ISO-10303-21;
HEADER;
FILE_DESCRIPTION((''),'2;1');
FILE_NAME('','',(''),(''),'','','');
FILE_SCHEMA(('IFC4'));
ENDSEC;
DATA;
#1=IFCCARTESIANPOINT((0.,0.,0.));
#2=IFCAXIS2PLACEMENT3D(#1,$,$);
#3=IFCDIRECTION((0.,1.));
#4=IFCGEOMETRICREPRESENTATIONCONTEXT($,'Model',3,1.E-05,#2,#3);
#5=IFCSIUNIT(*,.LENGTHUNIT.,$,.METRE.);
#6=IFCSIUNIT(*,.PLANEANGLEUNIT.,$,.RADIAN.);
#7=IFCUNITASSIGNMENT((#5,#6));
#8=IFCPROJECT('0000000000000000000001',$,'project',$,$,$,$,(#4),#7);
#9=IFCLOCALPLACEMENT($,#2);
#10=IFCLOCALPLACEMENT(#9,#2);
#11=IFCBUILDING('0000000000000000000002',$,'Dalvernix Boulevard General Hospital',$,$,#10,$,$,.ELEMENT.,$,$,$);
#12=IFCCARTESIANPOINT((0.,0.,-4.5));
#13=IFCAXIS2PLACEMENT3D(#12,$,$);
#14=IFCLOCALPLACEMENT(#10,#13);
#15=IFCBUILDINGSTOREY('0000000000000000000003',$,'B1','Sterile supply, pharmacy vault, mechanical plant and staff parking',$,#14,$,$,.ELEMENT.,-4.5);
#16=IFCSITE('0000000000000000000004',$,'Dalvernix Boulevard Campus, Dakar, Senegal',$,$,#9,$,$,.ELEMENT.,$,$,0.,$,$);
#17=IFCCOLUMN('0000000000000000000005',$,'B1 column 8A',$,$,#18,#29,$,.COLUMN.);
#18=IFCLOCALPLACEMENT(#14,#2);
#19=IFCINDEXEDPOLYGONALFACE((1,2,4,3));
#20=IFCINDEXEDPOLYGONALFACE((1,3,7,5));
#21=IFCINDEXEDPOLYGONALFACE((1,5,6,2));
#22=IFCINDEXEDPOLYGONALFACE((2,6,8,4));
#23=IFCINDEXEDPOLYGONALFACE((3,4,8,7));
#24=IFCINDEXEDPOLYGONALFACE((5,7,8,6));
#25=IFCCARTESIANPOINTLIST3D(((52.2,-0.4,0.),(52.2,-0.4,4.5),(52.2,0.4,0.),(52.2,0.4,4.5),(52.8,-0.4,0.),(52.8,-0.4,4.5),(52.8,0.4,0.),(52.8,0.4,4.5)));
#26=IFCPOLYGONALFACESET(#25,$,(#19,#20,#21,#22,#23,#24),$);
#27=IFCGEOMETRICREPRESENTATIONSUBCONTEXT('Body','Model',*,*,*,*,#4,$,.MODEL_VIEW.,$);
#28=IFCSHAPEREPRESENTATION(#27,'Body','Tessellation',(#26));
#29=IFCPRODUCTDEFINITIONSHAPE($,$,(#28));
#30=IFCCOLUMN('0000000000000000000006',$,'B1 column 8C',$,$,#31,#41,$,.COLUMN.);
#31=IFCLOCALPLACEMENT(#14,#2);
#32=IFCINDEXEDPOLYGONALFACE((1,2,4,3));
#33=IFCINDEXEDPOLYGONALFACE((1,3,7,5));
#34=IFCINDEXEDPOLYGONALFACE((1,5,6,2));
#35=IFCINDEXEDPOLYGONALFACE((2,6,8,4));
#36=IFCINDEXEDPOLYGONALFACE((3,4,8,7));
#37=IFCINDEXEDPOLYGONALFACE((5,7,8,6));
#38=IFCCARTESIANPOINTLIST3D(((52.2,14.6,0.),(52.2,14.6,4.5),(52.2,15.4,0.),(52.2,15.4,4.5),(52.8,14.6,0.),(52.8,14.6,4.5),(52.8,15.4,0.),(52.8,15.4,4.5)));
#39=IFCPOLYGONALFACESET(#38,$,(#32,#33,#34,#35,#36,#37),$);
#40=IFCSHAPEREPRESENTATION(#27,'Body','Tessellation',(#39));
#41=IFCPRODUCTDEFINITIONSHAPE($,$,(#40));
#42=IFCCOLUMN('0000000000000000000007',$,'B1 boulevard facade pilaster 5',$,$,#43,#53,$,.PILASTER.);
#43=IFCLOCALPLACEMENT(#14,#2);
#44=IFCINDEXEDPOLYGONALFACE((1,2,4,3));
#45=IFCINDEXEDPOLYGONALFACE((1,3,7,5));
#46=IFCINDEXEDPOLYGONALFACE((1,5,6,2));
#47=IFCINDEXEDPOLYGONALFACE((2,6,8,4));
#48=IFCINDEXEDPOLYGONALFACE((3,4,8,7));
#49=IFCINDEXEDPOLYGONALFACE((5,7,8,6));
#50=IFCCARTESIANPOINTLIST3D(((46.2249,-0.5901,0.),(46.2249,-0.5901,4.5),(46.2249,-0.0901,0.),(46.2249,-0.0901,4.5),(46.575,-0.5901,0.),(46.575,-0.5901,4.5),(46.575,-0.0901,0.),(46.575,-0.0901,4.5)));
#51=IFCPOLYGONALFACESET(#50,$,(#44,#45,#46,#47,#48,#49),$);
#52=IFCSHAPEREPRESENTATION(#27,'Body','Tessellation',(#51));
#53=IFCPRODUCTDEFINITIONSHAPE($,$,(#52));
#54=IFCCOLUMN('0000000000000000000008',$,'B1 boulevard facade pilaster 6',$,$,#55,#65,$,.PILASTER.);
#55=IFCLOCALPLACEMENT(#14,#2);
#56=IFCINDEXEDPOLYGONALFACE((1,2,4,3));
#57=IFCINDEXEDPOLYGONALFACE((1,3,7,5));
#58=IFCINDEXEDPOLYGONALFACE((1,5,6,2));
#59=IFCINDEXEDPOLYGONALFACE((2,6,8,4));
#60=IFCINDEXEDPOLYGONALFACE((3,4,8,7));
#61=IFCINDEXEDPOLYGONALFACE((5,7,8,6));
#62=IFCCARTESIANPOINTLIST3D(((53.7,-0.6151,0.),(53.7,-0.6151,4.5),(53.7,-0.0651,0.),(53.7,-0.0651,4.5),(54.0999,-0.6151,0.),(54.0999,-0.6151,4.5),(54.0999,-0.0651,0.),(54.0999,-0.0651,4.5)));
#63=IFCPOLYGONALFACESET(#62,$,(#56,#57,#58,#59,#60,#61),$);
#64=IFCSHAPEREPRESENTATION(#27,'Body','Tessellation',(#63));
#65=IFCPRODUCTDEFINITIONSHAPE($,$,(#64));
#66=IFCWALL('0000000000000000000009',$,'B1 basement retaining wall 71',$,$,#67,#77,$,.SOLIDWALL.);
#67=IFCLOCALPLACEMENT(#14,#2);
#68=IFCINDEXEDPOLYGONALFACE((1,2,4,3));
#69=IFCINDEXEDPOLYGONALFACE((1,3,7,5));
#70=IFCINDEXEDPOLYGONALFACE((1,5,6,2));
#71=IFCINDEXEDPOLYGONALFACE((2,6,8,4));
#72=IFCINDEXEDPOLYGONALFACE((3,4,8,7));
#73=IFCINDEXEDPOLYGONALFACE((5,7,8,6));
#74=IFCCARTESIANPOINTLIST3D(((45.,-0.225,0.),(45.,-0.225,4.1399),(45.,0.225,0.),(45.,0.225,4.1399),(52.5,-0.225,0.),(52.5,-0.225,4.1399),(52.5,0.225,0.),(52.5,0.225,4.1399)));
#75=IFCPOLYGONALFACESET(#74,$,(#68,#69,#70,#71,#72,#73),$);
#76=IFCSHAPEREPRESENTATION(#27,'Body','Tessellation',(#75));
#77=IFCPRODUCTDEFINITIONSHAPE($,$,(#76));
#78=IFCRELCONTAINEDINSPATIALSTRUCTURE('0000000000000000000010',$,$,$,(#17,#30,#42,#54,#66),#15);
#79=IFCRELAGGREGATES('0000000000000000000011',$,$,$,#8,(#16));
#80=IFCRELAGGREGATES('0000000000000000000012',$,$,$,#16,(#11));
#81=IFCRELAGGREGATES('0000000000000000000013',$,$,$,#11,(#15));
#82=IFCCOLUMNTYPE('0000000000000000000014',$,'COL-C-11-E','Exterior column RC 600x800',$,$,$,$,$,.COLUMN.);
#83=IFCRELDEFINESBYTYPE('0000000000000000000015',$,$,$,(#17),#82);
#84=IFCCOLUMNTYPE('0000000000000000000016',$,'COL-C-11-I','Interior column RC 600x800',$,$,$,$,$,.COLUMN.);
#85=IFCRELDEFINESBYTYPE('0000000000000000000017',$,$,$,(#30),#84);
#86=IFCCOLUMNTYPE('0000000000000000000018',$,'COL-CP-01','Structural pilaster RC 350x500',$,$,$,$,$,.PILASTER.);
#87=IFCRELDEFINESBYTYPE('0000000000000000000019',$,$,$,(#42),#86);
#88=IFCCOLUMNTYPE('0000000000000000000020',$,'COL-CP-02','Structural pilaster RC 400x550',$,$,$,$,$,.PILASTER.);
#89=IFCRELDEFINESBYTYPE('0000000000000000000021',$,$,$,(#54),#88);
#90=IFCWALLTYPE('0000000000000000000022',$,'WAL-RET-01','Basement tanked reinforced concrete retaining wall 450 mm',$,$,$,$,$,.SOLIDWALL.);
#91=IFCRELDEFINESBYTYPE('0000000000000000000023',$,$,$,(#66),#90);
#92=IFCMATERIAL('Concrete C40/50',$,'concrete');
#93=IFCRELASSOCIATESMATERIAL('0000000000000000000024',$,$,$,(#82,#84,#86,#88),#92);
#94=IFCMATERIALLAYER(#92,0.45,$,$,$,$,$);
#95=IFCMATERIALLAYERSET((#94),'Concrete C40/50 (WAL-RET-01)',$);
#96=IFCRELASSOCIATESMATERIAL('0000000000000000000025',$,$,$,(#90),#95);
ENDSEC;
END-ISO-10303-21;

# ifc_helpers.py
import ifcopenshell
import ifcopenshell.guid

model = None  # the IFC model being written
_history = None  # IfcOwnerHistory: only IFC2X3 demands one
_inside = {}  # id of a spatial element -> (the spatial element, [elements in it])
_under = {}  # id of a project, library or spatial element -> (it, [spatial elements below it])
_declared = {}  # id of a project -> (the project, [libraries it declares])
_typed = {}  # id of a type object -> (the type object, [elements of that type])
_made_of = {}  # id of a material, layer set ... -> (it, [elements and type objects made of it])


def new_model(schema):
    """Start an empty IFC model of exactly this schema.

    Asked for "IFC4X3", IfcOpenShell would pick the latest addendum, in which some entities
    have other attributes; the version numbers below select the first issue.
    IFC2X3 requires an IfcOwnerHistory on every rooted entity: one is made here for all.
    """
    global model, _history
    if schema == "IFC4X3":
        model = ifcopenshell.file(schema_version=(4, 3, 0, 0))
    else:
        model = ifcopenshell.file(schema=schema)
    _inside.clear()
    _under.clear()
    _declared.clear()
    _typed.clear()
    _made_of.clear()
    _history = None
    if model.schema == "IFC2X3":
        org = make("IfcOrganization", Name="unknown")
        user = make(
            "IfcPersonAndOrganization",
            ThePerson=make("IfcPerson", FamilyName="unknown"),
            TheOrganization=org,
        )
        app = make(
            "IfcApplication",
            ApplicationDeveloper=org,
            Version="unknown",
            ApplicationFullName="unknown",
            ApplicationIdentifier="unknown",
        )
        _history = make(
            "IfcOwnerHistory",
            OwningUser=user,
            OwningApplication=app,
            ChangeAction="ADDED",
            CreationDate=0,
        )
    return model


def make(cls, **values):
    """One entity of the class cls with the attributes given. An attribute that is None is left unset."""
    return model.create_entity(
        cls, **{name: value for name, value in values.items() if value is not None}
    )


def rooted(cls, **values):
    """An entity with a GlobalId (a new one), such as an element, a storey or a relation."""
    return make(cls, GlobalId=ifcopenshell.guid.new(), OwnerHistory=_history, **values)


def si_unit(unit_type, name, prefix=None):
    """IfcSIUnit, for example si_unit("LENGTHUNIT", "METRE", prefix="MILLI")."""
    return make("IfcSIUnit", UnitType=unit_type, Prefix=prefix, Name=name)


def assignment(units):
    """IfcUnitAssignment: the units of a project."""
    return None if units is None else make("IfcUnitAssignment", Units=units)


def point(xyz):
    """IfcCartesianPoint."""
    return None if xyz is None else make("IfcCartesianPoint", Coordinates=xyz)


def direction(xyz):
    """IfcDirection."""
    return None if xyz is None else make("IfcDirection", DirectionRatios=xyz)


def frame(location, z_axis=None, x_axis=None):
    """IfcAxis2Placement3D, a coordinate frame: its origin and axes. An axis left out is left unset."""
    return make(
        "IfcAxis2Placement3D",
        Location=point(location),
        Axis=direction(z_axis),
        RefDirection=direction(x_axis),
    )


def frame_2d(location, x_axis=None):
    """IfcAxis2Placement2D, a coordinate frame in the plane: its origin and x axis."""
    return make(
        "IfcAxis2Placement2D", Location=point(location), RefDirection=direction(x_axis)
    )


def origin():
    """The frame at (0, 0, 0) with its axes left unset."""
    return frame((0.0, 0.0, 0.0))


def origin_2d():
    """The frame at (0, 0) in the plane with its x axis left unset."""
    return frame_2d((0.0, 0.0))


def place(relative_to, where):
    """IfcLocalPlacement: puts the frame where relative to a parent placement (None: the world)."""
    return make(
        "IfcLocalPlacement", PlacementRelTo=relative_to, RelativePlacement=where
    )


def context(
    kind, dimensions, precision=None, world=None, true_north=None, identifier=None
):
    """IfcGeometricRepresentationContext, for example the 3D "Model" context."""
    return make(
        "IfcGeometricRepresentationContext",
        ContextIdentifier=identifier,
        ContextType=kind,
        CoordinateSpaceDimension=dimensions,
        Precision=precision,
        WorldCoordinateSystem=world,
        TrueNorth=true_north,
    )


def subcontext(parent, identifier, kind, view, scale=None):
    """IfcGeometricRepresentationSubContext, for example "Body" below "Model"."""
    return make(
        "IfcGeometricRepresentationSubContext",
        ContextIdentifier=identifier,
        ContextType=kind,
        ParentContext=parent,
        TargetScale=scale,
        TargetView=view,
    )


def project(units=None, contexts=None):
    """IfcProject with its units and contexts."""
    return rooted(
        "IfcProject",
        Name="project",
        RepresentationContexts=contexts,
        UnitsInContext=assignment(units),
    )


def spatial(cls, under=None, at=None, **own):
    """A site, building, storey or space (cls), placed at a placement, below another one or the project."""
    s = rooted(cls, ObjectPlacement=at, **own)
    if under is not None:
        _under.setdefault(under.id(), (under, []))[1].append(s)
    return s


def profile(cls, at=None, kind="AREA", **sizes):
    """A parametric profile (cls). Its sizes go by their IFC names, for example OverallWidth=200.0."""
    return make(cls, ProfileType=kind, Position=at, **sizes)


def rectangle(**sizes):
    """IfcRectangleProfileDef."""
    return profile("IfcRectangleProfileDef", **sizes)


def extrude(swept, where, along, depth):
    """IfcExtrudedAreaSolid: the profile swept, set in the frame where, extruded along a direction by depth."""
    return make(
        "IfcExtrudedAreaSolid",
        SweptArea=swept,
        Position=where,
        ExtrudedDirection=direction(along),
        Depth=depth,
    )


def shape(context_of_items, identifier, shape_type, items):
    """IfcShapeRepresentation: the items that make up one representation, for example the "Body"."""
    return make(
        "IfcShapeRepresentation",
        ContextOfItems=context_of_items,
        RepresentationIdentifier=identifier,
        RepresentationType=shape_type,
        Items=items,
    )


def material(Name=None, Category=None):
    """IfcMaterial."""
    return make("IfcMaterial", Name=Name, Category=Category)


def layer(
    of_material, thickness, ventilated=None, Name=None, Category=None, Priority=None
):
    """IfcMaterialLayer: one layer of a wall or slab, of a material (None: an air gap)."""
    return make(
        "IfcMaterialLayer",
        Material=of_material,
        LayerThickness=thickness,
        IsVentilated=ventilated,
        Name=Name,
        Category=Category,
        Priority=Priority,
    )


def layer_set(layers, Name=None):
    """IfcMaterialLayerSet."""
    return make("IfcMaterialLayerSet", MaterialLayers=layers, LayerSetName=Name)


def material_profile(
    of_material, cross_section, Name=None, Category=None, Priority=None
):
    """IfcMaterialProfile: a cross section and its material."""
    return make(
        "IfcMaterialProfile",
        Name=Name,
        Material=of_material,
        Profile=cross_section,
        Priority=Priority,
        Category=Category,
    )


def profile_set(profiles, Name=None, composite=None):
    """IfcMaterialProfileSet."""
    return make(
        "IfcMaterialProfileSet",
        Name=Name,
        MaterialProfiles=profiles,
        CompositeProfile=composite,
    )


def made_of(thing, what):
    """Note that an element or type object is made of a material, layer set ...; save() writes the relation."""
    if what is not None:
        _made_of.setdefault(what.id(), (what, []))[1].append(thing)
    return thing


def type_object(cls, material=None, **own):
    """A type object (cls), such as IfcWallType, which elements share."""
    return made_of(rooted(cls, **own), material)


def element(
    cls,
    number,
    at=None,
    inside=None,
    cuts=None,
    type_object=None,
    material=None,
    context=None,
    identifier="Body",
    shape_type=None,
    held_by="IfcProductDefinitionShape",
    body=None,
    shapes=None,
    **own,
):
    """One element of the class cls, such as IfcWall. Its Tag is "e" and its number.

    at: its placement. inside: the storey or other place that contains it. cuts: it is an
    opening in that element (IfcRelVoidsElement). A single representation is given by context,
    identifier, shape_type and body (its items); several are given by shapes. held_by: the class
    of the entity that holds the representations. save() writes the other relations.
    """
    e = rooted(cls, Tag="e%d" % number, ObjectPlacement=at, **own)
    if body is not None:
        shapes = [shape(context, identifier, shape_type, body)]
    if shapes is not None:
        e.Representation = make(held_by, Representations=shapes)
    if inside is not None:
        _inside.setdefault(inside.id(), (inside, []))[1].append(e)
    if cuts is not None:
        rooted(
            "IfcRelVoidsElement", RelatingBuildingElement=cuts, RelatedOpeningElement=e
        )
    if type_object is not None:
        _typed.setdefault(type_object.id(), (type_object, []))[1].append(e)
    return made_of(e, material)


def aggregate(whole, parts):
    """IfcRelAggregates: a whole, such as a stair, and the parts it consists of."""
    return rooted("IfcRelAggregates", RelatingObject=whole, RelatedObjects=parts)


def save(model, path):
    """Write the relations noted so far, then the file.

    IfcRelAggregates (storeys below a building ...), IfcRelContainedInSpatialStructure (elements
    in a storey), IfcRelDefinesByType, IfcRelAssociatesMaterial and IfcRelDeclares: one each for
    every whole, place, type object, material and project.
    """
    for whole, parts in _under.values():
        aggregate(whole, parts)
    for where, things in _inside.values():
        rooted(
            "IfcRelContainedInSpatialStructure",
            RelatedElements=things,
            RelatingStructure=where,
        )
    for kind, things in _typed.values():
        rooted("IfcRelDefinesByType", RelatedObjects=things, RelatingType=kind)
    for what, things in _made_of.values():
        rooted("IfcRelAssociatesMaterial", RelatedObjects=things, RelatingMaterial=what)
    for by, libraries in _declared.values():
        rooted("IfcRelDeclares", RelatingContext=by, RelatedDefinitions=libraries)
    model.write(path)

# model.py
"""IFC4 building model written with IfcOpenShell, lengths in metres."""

from ifc_helpers import new_model, si_unit, direction, frame, frame_2d, origin, origin_2d, place, context, subcontext, project, spatial, rectangle, extrude, material, layer, layer_set, material_profile, profile_set, type_object, element, save


model = new_model("IFC4")

# Units and contexts
model_context = context("Model", 3, precision=1e-05, world=origin(), true_north=direction((0.0, 1.0)))
body_context = subcontext(model_context, "Body", "Model", "MODEL_VIEW")
ifc_project = project(units=[si_unit("LENGTHUNIT", "METRE"), si_unit("PLANEANGLEUNIT", "RADIAN")], contexts=[model_context])

# Site, building, storey
site_placement = place(None, origin())
site = spatial("IfcSite", under=ifc_project, at=site_placement, Name="Dalvernix Boulevard Campus, Dakar, Senegal", CompositionType="ELEMENT", RefElevation=0.0)
building_placement = place(site_placement, origin())
building = spatial("IfcBuilding", under=site, at=building_placement, Name="Dalvernix Boulevard General Hospital", CompositionType="ELEMENT")
storey_placement = place(building_placement, frame((0.0, 0.0, -4.5)))
storey = spatial("IfcBuildingStorey", under=building, at=storey_placement, Name="B1", Description="Sterile supply, pharmacy vault, mechanical plant and staff parking", CompositionType="ELEMENT", Elevation=-4.5)

# Shared definitions
ifc_material_1 = material(Name="Concrete C40/50", Category="concrete")

# Columns
ifc_material_profile_1 = material_profile(ifc_material_1, rectangle(XDim=0.6001, YDim=0.8, at=origin_2d()), Name="RC 600x800")
ifc_profile_set_1 = profile_set([ifc_material_profile_1], Name="Concrete C40/50")
column_type_1 = type_object("IfcColumnType", Name="COL-C-11-E", Description="Exterior column RC 600x800", PredefinedType="COLUMN", material=ifc_profile_set_1)
column_1_placement = place(storey_placement, frame((52.5, 0.0, 0.0), z_axis=(0.0, 0.0, 1.0), x_axis=(1.0, 0.0, 0.0)))
element("IfcColumn", 1, at=column_1_placement, inside=storey, type_object=column_type_1, Name="B1 column 8A", PredefinedType="COLUMN", context=body_context, shape_type="SweptSolid", body=[
    extrude(rectangle(XDim=0.6001, YDim=0.8, at=origin_2d()), origin(), (0.0, 0.0, 1.0), 4.5),
])
ifc_material_profile_2 = material_profile(ifc_material_1, rectangle(XDim=0.6001, YDim=0.8, at=origin_2d()), Name="RC 600x800")
ifc_profile_set_2 = profile_set([ifc_material_profile_2], Name="Concrete C40/50")
column_type_2 = type_object("IfcColumnType", Name="COL-C-11-I", Description="Interior column RC 600x800", PredefinedType="COLUMN", material=ifc_profile_set_2)
column_2_placement = place(storey_placement, frame((52.5, 15.0, 0.0), z_axis=(0.0, 0.0, 1.0), x_axis=(1.0, 0.0, 0.0)))
element("IfcColumn", 2, at=column_2_placement, inside=storey, type_object=column_type_2, Name="B1 column 8C", PredefinedType="COLUMN", context=body_context, shape_type="SweptSolid", body=[
    extrude(rectangle(XDim=0.6001, YDim=0.8, at=origin_2d()), origin(), (0.0, 0.0, 1.0), 4.5),
])
ifc_material_profile_3 = material_profile(ifc_material_1, rectangle(XDim=0.3501, YDim=0.5, at=origin_2d()), Name="RC 350x500")
ifc_profile_set_3 = profile_set([ifc_material_profile_3], Name="Concrete C40/50")
column_type_3 = type_object("IfcColumnType", Name="COL-CP-01", Description="Structural pilaster RC 350x500", PredefinedType="PILASTER", material=ifc_profile_set_3)
column_3_placement = place(storey_placement, frame((46.3999, -0.3401, 0.0), z_axis=(0.0, 0.0, 1.0), x_axis=(1.0, 0.0, 0.0)))
element("IfcColumn", 3, at=column_3_placement, inside=storey, type_object=column_type_3, Name="B1 boulevard facade pilaster 5", PredefinedType="PILASTER", context=body_context, shape_type="SweptSolid", body=[
    extrude(rectangle(XDim=0.3501, YDim=0.5, at=origin_2d()), origin(), (0.0, 0.0, 1.0), 4.5),
])
ifc_material_profile_4 = material_profile(ifc_material_1, rectangle(XDim=0.3999, YDim=0.55, at=origin_2d()), Name="RC 400x550")
ifc_profile_set_4 = profile_set([ifc_material_profile_4], Name="Concrete C40/50")
column_type_4 = type_object("IfcColumnType", Name="COL-CP-02", Description="Structural pilaster RC 400x550", PredefinedType="PILASTER", material=ifc_profile_set_4)
column_4_placement = place(storey_placement, frame((53.8999, -0.3401, 0.0), z_axis=(0.0, 0.0, 1.0), x_axis=(1.0, 0.0, 0.0)))
element("IfcColumn", 4, at=column_4_placement, inside=storey, type_object=column_type_4, Name="B1 boulevard facade pilaster 6", PredefinedType="PILASTER", context=body_context, shape_type="SweptSolid", body=[
    extrude(rectangle(XDim=0.3999, YDim=0.55, at=origin_2d()), origin(), (0.0, 0.0, 1.0), 4.5),
])

# Wall
ifc_layer = layer(ifc_material_1, 0.45)
ifc_layer_set = layer_set([ifc_layer], Name="Concrete C40/50 (WAL-RET-01)")
wall_type = type_object("IfcWallType", Name="WAL-RET-01", Description="Basement tanked reinforced concrete retaining wall 450 mm", PredefinedType="SOLIDWALL", material=ifc_layer_set)
wall_placement = place(storey_placement, frame((52.5, 0.0, 0.0), z_axis=(0.0, 0.0, 1.0), x_axis=(-1.0, 0.0, 0.0)))
element("IfcWall", 5, at=wall_placement, inside=storey, type_object=wall_type, Name="B1 basement retaining wall 71", PredefinedType="SOLIDWALL", context=body_context, shape_type="SweptSolid", body=[
    extrude(rectangle(XDim=7.5, YDim=0.45, at=frame_2d((3.75, 0.0))), origin(), (0.0, 0.0, 1.0), 4.1399),
])

save(model, "model.ifc")
